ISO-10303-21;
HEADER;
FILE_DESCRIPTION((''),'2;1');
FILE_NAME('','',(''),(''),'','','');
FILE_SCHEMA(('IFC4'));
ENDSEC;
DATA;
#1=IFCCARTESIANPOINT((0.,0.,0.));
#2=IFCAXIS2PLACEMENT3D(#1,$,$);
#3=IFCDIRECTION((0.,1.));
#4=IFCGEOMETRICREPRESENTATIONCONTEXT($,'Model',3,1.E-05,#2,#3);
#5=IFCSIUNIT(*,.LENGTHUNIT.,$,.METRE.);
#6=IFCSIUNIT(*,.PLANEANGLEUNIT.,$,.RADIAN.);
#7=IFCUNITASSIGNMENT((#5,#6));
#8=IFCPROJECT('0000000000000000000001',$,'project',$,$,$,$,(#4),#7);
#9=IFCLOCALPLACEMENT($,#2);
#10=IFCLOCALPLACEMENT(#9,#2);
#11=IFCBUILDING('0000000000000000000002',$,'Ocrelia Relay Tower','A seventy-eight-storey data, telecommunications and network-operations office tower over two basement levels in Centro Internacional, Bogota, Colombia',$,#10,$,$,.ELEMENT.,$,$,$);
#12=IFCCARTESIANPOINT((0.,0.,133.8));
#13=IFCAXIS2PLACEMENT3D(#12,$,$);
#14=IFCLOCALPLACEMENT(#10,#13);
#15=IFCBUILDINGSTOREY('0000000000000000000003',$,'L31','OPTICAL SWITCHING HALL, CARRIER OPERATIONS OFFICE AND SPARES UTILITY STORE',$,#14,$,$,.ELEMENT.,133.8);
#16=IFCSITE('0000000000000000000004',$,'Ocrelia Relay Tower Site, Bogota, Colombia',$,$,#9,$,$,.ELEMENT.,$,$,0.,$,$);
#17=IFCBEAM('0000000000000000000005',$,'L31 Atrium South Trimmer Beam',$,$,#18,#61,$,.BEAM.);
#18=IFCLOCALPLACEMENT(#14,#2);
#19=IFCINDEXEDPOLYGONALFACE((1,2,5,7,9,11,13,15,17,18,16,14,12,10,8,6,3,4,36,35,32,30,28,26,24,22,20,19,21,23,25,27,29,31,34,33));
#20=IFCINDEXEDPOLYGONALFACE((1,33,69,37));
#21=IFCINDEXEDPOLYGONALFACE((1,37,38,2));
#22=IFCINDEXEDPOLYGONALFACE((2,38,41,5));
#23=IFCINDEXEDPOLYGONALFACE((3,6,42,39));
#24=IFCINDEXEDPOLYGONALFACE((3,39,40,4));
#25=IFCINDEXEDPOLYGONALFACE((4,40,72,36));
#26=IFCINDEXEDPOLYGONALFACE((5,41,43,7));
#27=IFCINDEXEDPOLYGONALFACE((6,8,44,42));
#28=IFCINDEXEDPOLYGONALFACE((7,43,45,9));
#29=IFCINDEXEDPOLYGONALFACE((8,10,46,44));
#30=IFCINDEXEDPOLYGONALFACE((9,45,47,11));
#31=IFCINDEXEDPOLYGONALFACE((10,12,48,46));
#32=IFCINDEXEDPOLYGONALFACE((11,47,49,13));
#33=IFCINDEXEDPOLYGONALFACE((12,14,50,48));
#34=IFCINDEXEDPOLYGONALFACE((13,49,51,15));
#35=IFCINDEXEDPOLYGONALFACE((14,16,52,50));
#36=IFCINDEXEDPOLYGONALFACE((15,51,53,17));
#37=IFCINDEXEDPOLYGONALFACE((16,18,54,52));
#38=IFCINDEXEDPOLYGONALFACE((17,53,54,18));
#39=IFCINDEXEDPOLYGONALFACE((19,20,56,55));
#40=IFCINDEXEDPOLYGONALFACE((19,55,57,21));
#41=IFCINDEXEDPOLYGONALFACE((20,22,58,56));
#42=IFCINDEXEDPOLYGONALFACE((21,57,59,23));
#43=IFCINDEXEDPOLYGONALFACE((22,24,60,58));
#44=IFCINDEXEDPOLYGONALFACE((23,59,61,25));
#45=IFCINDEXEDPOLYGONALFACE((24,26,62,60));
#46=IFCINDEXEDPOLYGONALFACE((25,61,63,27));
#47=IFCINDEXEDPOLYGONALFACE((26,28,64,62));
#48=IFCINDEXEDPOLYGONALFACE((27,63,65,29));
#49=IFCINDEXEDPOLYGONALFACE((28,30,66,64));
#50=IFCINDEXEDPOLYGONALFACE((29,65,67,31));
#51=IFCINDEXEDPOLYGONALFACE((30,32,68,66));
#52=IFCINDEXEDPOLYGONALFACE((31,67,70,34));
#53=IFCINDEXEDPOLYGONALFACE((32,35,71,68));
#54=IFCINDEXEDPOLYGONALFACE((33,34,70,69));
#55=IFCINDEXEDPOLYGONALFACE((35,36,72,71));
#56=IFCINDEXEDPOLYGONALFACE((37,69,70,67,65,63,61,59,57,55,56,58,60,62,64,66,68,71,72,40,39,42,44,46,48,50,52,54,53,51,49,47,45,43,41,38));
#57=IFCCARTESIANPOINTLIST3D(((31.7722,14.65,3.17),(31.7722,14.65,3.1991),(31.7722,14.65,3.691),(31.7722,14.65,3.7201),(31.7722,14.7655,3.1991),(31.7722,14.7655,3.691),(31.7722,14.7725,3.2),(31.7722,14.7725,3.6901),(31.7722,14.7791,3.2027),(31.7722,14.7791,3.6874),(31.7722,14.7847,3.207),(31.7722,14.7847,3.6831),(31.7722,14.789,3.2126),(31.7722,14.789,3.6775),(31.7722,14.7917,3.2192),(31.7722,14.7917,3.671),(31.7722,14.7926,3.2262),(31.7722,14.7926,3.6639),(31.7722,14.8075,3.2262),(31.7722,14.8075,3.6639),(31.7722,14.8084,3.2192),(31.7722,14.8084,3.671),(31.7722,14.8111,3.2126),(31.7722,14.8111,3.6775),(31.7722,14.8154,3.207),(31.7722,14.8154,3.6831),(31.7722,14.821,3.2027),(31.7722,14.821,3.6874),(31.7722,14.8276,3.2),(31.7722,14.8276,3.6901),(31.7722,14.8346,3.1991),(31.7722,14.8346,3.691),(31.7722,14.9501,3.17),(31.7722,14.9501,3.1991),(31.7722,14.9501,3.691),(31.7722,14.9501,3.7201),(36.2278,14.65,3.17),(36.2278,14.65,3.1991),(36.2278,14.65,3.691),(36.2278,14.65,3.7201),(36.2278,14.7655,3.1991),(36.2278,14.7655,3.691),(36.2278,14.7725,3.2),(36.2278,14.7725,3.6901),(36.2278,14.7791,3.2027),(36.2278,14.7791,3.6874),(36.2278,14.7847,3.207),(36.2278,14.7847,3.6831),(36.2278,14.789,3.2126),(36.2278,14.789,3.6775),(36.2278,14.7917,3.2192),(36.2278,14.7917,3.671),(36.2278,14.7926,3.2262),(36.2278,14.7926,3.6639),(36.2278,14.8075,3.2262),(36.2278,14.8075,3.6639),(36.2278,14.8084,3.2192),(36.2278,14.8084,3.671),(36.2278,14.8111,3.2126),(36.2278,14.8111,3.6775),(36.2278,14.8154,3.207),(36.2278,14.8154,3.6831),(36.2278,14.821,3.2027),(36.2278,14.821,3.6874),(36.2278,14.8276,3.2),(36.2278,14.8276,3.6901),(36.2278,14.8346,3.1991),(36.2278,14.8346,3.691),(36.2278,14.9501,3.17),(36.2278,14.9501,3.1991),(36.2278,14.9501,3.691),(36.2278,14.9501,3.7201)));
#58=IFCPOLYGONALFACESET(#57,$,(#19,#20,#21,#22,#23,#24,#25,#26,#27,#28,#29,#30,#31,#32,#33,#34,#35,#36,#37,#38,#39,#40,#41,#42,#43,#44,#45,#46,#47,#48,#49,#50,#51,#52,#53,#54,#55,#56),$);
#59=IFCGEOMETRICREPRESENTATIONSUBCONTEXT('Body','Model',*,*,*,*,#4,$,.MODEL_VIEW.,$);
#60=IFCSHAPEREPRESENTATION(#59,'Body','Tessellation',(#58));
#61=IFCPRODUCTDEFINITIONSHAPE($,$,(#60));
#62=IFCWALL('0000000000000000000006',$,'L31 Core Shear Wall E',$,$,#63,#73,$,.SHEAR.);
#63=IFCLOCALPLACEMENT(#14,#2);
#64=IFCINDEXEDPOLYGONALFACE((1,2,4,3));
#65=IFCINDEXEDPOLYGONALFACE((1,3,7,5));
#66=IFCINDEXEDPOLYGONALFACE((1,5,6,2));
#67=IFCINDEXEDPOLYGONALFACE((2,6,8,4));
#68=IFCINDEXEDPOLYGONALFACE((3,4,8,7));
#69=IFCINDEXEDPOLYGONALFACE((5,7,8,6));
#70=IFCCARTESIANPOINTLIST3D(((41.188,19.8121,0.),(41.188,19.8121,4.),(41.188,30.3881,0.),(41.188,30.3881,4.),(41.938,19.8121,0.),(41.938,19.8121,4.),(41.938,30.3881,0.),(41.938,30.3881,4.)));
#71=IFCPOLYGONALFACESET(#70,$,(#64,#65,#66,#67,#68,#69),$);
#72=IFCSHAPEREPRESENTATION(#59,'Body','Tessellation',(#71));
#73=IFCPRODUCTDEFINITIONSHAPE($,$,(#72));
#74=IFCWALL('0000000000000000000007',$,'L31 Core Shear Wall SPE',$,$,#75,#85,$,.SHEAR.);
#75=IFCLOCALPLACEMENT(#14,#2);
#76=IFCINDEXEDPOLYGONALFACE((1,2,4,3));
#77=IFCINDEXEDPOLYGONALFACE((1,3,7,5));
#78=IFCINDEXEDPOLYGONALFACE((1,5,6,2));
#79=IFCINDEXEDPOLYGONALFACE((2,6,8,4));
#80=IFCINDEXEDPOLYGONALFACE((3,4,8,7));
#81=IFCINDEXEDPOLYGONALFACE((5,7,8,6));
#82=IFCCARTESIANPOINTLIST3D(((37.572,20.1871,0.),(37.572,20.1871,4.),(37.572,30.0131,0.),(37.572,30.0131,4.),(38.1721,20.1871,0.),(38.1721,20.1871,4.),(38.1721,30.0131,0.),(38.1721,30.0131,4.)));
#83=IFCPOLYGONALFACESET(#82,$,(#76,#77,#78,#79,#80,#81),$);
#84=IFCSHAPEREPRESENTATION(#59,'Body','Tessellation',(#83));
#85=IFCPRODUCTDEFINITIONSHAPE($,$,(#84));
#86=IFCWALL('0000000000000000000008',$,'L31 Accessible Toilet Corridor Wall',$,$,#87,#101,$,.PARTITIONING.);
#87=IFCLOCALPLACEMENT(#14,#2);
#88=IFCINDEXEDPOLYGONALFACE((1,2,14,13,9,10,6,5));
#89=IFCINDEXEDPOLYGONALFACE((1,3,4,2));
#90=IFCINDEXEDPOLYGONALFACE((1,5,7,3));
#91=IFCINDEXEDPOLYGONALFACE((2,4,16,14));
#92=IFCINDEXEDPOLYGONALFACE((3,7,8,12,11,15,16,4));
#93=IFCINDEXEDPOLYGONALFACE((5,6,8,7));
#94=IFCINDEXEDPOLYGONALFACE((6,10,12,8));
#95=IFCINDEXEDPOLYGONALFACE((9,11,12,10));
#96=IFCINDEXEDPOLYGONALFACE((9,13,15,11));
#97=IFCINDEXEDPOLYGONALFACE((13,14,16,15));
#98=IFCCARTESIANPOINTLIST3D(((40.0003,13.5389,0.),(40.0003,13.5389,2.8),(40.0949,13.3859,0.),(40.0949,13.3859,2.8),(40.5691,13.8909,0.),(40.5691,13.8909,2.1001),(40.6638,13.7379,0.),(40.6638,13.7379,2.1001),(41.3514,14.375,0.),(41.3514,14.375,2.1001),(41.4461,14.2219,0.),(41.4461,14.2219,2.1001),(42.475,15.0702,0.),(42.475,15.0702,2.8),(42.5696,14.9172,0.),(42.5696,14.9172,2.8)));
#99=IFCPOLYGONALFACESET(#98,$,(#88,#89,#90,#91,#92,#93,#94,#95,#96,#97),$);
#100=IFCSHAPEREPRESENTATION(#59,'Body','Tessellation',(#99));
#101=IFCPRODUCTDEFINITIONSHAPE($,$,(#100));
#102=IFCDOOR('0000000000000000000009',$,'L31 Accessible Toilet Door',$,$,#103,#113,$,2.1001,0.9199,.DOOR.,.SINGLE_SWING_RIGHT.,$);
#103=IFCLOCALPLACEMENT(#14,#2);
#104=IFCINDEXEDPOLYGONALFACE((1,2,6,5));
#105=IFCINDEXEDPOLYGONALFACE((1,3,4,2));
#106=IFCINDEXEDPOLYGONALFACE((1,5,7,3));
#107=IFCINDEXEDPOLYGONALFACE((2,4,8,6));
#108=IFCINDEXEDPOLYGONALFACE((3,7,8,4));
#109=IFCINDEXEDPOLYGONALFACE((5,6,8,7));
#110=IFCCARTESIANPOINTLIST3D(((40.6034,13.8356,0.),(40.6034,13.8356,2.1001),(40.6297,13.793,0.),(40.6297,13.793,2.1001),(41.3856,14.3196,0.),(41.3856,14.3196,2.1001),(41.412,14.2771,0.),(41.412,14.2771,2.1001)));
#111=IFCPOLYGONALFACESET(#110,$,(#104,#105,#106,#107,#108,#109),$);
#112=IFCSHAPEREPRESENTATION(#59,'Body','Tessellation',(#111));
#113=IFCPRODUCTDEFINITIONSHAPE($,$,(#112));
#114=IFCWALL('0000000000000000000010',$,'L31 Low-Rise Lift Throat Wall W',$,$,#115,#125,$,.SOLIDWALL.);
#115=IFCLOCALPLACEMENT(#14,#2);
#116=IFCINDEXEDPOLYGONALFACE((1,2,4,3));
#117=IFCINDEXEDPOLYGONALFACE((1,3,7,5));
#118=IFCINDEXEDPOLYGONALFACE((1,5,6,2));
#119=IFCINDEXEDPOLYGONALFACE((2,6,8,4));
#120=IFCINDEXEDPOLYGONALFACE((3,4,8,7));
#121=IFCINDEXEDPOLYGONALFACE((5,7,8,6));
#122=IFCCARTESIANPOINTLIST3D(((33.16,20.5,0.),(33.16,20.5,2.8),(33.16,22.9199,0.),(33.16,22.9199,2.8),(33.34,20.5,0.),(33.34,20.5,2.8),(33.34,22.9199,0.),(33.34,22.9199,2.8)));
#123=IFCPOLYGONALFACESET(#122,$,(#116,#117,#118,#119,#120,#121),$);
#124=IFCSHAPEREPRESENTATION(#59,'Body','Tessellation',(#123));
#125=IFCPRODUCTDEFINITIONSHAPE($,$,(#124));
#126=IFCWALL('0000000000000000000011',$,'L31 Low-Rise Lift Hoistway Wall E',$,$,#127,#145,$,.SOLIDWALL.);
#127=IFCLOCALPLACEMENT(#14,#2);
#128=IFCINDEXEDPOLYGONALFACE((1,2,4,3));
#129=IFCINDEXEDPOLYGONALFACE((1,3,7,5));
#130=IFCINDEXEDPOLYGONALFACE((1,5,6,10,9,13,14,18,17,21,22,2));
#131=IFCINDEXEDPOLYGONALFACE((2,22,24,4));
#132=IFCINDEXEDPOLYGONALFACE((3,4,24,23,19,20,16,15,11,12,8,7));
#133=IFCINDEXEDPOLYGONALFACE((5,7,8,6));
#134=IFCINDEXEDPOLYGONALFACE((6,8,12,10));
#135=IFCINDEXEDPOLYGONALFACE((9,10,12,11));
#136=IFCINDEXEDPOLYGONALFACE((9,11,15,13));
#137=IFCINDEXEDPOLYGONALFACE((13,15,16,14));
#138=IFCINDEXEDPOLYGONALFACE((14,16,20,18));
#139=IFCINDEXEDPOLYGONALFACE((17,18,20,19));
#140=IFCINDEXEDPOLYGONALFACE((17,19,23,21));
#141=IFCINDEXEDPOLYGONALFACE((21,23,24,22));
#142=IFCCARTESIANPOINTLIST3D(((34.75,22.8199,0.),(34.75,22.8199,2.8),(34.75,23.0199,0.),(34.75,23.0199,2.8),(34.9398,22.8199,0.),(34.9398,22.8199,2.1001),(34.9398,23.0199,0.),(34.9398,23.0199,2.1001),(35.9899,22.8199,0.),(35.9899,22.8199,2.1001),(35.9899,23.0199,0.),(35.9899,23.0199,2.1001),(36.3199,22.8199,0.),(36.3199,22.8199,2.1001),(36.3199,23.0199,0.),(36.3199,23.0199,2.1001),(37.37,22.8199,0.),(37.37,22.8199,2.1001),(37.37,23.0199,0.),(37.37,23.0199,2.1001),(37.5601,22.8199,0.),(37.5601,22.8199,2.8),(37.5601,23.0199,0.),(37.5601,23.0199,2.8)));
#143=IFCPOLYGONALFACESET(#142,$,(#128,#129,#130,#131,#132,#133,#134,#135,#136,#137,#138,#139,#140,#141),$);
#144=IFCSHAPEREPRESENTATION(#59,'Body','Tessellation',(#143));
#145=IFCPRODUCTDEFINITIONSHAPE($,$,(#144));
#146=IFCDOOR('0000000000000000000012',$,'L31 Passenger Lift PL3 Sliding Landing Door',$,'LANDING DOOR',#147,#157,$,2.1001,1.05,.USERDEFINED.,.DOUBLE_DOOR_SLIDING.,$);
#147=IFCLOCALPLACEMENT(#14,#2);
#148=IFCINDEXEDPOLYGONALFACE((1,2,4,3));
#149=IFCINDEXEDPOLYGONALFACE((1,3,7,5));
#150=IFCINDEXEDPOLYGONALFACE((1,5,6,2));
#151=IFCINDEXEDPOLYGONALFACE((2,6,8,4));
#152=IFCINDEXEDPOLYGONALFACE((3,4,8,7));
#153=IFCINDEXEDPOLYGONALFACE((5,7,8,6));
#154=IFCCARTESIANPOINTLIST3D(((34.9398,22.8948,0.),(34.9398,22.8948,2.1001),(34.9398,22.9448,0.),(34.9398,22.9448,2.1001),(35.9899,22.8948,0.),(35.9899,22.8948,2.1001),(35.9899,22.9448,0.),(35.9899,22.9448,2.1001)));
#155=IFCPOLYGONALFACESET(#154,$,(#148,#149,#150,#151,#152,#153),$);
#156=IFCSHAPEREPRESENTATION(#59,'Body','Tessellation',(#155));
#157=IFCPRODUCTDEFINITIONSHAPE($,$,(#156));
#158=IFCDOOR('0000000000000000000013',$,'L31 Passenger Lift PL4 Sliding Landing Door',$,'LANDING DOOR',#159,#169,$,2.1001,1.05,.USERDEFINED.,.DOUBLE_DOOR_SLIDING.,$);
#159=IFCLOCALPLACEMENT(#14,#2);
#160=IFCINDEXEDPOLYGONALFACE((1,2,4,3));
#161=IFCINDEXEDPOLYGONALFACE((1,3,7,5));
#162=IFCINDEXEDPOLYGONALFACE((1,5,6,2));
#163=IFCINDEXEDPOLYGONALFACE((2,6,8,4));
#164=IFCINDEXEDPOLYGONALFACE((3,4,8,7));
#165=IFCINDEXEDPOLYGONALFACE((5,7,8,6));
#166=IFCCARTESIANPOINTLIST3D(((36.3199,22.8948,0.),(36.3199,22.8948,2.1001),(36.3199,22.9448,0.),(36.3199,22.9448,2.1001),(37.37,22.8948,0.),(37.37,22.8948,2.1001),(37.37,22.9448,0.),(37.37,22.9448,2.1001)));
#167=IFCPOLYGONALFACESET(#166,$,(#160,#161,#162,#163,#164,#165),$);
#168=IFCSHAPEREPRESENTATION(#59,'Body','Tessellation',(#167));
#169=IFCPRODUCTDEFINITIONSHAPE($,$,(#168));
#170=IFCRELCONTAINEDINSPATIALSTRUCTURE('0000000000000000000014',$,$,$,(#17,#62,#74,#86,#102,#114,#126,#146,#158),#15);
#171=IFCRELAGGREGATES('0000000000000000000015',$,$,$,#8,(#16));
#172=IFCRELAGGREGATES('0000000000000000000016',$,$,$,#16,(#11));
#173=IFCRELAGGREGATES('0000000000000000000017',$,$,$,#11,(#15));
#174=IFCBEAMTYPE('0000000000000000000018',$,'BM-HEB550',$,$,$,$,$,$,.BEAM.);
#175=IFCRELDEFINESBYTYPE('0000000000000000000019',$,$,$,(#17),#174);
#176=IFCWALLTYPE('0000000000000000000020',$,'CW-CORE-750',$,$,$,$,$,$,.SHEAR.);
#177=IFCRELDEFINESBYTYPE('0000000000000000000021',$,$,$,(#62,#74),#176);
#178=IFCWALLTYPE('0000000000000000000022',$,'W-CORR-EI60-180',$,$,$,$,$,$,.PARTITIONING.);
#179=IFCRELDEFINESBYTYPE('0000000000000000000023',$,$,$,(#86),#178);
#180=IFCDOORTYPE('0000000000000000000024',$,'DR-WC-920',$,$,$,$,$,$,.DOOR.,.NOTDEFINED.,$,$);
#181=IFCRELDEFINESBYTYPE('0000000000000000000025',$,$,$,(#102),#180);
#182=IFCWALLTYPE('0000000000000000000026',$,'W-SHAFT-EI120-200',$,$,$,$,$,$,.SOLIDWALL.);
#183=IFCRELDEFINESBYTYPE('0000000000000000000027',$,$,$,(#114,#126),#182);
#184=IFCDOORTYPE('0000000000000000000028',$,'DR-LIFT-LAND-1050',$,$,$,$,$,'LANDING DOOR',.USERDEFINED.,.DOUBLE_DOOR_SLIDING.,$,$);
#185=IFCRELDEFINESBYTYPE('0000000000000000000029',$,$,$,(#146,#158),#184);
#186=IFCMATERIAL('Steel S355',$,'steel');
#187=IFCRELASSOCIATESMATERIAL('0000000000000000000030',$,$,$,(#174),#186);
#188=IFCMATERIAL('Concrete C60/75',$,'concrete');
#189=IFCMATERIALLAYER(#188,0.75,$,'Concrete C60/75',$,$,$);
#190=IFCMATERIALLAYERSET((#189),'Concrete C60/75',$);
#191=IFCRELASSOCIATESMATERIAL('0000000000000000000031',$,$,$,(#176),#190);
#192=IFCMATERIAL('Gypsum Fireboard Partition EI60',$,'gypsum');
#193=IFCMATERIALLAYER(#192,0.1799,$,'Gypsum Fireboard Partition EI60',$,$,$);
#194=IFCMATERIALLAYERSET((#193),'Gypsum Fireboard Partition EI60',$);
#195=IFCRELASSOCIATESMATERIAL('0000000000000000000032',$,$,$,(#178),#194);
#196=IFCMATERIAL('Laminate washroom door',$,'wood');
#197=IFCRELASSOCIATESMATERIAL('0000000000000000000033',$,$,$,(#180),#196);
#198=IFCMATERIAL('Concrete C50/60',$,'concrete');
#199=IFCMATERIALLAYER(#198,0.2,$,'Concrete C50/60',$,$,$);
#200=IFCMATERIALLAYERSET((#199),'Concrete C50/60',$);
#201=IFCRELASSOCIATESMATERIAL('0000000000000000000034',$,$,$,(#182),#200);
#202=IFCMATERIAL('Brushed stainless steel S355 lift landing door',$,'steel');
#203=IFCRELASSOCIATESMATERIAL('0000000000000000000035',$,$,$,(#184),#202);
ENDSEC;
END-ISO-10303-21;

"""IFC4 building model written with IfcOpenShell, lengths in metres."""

from ifc_helpers import new_model, si_unit, direction, frame, frame_2d, origin, origin_2d, place, context, subcontext, project, spatial, rectangle, i_section, extrude, material, layer, layer_set, material_profile, profile_set, type_object, element, fill, save


model = new_model("IFC4")

# Units and contexts
model_context = context("Model", 3, precision=1e-05, world=origin(), true_north=direction((0.0, 1.0)))
body_context = subcontext(model_context, "Body", "Model", "MODEL_VIEW")
ifc_project = project(units=[si_unit("LENGTHUNIT", "METRE"), si_unit("PLANEANGLEUNIT", "RADIAN")], contexts=[model_context])

# Site, building, storey
site_placement = place(None, origin())
site = spatial("IfcSite", under=ifc_project, at=site_placement, Name="Ocrelia Relay Tower Site, Bogota, Colombia", CompositionType="ELEMENT", RefElevation=0.0)
building_placement = place(site_placement, origin())
building = spatial("IfcBuilding", under=site, at=building_placement, Name="Ocrelia Relay Tower", Description="A seventy-eight-storey data, telecommunications and network-operations office tower over two basement levels in Centro Internacional, Bogota, Colombia", CompositionType="ELEMENT")
storey_placement = place(building_placement, frame((0.0, 0.0, 133.8)))
storey = spatial("IfcBuildingStorey", under=building, at=storey_placement, Name="L31", Description="OPTICAL SWITCHING HALL, CARRIER OPERATIONS OFFICE AND SPARES UTILITY STORE", CompositionType="ELEMENT", Elevation=133.8)

# Beam
ifc_material_1 = material(Name="Steel S355", Category="steel")
ifc_material_profile = material_profile(ifc_material_1, i_section(OverallWidth=0.3, OverallDepth=0.55, WebThickness=0.0149, FlangeThickness=0.0291, FilletRadius=0.0271, at=origin_2d()), Name="HEB 550")
ifc_profile_set = profile_set([ifc_material_profile], Name="Steel S355")
beam_type = type_object("IfcBeamType", Name="BM-HEB550", PredefinedType="BEAM", material=ifc_profile_set)
beam_placement = place(storey_placement, frame((31.7722, 14.8, 3.4451), z_axis=(1.0, 0.0, 0.0), x_axis=(0.0, 1.0, 0.0)))
element("IfcBeam", 1, at=beam_placement, inside=storey, type_object=beam_type, Name="L31 Atrium South Trimmer Beam", PredefinedType="BEAM", context=body_context, shape_type="SweptSolid", body=[
    extrude(i_section(OverallWidth=0.3, OverallDepth=0.55, WebThickness=0.0149, FlangeThickness=0.0291, FilletRadius=0.0271, at=origin_2d()), origin(), (0.0, 0.0, 1.0), 4.4556),
])

# Walls
ifc_material_2 = material(Name="Concrete C60/75", Category="concrete")
ifc_layer_1 = layer(ifc_material_2, 0.75, Name="Concrete C60/75")
ifc_layer_set_1 = layer_set([ifc_layer_1], Name="Concrete C60/75")
wall_type_1 = type_object("IfcWallType", Name="CW-CORE-750", PredefinedType="SHEAR", material=ifc_layer_set_1)
wall_1_placement = place(storey_placement, frame((41.563, 19.812, 0.0), z_axis=(0.0, 0.0, 1.0), x_axis=(0.0, 1.0, 0.0)))
element("IfcWall", 2, at=wall_1_placement, inside=storey, type_object=wall_type_1, Name="L31 Core Shear Wall E", PredefinedType="SHEAR", context=body_context, shape_type="SweptSolid", body=[
    extrude(rectangle(XDim=10.5759, YDim=0.75, at=frame_2d((5.2881, 0.0))), origin(), (0.0, 0.0, 1.0), 4.0),
])
wall_2_placement = place(storey_placement, frame((37.8721, 20.187, 0.0), z_axis=(0.0, 0.0, 1.0), x_axis=(0.0, 1.0, 0.0)))
element("IfcWall", 3, at=wall_2_placement, inside=storey, type_object=wall_type_1, Name="L31 Core Shear Wall SPE", PredefinedType="SHEAR", context=body_context, shape_type="SweptSolid", body=[
    extrude(rectangle(XDim=9.8259, YDim=0.6001, at=frame_2d((4.9131, 0.0))), origin(), (0.0, 0.0, 1.0), 4.0),
])

# Wall, opening, door
ifc_material_3 = material(Name="Gypsum Fireboard Partition EI60", Category="gypsum")
ifc_layer_2 = layer(ifc_material_3, 0.1799, Name="Gypsum Fireboard Partition EI60")
ifc_layer_set_2 = layer_set([ifc_layer_2], Name="Gypsum Fireboard Partition EI60")
wall_type_2 = type_object("IfcWallType", Name="W-CORR-EI60-180", PredefinedType="PARTITIONING", material=ifc_layer_set_2)
wall_3_placement = place(storey_placement, frame((40.0476, 13.4624, 0.0), z_axis=(0.0, 0.0, 1.0), x_axis=(0.850365, 0.526193, 0.0)))
wall_3 = element("IfcWall", 4, at=wall_3_placement, inside=storey, type_object=wall_type_2, Name="L31 Accessible Toilet Corridor Wall", PredefinedType="PARTITIONING", context=body_context, shape_type="SweptSolid", body=[
    extrude(rectangle(XDim=2.9102, YDim=0.1799, at=frame_2d((1.4551, 0.0))), origin(), (0.0, 0.0, 1.0), 2.8),
])
opening_1_placement = place(wall_3_placement, frame((0.6689, 0.0, 0.0)))
opening_1 = element("IfcOpeningElement", 5, at=opening_1_placement, cuts=wall_3, PredefinedType="OPENING", context=body_context, shape_type="SweptSolid", body=[
    extrude(rectangle(XDim=0.9199, YDim=2.1001, at=frame_2d((0.46, 1.05))), frame((0.0, 0.1001, 0.0), z_axis=(0.0, -1.0, 0.0), x_axis=(1.0, 0.0, 0.0)), (0.0, 0.0, 1.0), 0.2),
])
ifc_material_4 = material(Name="Laminate washroom door", Category="wood")
door_type_1 = type_object("IfcDoorType", Name="DR-WC-920", OperationType="NOTDEFINED", PredefinedType="DOOR", material=ifc_material_4)
door_1_placement = place(opening_1_placement, origin())
door_1 = element("IfcDoor", 6, at=door_1_placement, inside=storey, type_object=door_type_1, Name="L31 Accessible Toilet Door", OperationType="SINGLE_SWING_RIGHT", OverallHeight=2.1001, OverallWidth=0.9199, PredefinedType="DOOR", context=body_context, shape_type="SweptSolid", body=[
    extrude(rectangle(XDim=0.9199, YDim=2.1001, at=frame_2d((0.46, 1.05))), frame((0.0, 0.0249, 0.0), z_axis=(0.0, -1.0, 0.0), x_axis=(1.0, 0.0, 0.0)), (0.0, 0.0, 1.0), 0.05),
])
fill(opening_1, door_1)

# Wall
ifc_material_5 = material(Name="Concrete C50/60", Category="concrete")
ifc_layer_3 = layer(ifc_material_5, 0.2, Name="Concrete C50/60")
ifc_layer_set_3 = layer_set([ifc_layer_3], Name="Concrete C50/60")
wall_type_3 = type_object("IfcWallType", Name="W-SHAFT-EI120-200", PredefinedType="SOLIDWALL", material=ifc_layer_set_3)
wall_4_placement = place(storey_placement, frame((33.25, 20.5, 0.0), z_axis=(0.0, 0.0, 1.0), x_axis=(0.0, 1.0, 0.0)))
element("IfcWall", 7, at=wall_4_placement, inside=storey, type_object=wall_type_3, Name="L31 Low-Rise Lift Throat Wall W", PredefinedType="SOLIDWALL", context=body_context, shape_type="SweptSolid", body=[
    extrude(rectangle(XDim=2.4199, YDim=0.1799, at=frame_2d((1.21, 0.0))), origin(), (0.0, 0.0, 1.0), 2.8),
])

# Wall, openings, doors
wall_5_placement = place(storey_placement, frame((34.75, 22.9199, 0.0), z_axis=(0.0, 0.0, 1.0), x_axis=(1.0, 0.0, 0.0)))
wall_5 = element("IfcWall", 8, at=wall_5_placement, inside=storey, type_object=wall_type_3, Name="L31 Low-Rise Lift Hoistway Wall E", PredefinedType="SOLIDWALL", context=body_context, shape_type="SweptSolid", body=[
    extrude(rectangle(XDim=2.8101, YDim=0.2, at=frame_2d((1.405, 0.0))), origin(), (0.0, 0.0, 1.0), 2.8),
])
opening_2_placement = place(wall_5_placement, frame((0.1899, 0.0, 0.0)))
opening_2 = element("IfcOpeningElement", 9, at=opening_2_placement, cuts=wall_5, PredefinedType="OPENING", context=body_context, shape_type="SweptSolid", body=[
    extrude(rectangle(XDim=1.05, YDim=2.1001, at=frame_2d((0.5249, 1.05))), frame((0.0, 0.1099, 0.0), z_axis=(0.0, -1.0, 0.0), x_axis=(1.0, 0.0, 0.0)), (0.0, 0.0, 1.0), 0.22),
])
opening_3_placement = place(wall_5_placement, frame((1.5701, 0.0, 0.0)))
opening_3 = element("IfcOpeningElement", 10, at=opening_3_placement, cuts=wall_5, PredefinedType="OPENING", context=body_context, shape_type="SweptSolid", body=[
    extrude(rectangle(XDim=1.05, YDim=2.1001, at=frame_2d((0.5249, 1.05))), frame((0.0, 0.1099, 0.0), z_axis=(0.0, -1.0, 0.0), x_axis=(1.0, 0.0, 0.0)), (0.0, 0.0, 1.0), 0.22),
])
ifc_material_6 = material(Name="Brushed stainless steel S355 lift landing door", Category="steel")
door_type_2 = type_object("IfcDoorType", Name="DR-LIFT-LAND-1050", ElementType="LANDING DOOR", OperationType="DOUBLE_DOOR_SLIDING", PredefinedType="USERDEFINED", material=ifc_material_6)
door_2_placement = place(opening_2_placement, origin())
door_2 = element("IfcDoor", 11, at=door_2_placement, inside=storey, type_object=door_type_2, Name="L31 Passenger Lift PL3 Sliding Landing Door", ObjectType="LANDING DOOR", OperationType="DOUBLE_DOOR_SLIDING", OverallHeight=2.1001, OverallWidth=1.05, PredefinedType="USERDEFINED", context=body_context, shape_type="SweptSolid", body=[
    extrude(rectangle(XDim=1.05, YDim=2.1001, at=frame_2d((0.5249, 1.05))), frame((0.0, 0.0249, 0.0), z_axis=(0.0, -1.0, 0.0), x_axis=(1.0, 0.0, 0.0)), (0.0, 0.0, 1.0), 0.05),
])
fill(opening_2, door_2)
door_3_placement = place(opening_3_placement, origin())
door_3 = element("IfcDoor", 12, at=door_3_placement, inside=storey, type_object=door_type_2, Name="L31 Passenger Lift PL4 Sliding Landing Door", ObjectType="LANDING DOOR", OperationType="DOUBLE_DOOR_SLIDING", OverallHeight=2.1001, OverallWidth=1.05, PredefinedType="USERDEFINED", context=body_context, shape_type="SweptSolid", body=[
    extrude(rectangle(XDim=1.05, YDim=2.1001, at=frame_2d((0.5249, 1.05))), frame((0.0, 0.0249, 0.0), z_axis=(0.0, -1.0, 0.0), x_axis=(1.0, 0.0, 0.0)), (0.0, 0.0, 1.0), 0.05),
])
fill(opening_3, door_3)

save(model, "model.ifc")
